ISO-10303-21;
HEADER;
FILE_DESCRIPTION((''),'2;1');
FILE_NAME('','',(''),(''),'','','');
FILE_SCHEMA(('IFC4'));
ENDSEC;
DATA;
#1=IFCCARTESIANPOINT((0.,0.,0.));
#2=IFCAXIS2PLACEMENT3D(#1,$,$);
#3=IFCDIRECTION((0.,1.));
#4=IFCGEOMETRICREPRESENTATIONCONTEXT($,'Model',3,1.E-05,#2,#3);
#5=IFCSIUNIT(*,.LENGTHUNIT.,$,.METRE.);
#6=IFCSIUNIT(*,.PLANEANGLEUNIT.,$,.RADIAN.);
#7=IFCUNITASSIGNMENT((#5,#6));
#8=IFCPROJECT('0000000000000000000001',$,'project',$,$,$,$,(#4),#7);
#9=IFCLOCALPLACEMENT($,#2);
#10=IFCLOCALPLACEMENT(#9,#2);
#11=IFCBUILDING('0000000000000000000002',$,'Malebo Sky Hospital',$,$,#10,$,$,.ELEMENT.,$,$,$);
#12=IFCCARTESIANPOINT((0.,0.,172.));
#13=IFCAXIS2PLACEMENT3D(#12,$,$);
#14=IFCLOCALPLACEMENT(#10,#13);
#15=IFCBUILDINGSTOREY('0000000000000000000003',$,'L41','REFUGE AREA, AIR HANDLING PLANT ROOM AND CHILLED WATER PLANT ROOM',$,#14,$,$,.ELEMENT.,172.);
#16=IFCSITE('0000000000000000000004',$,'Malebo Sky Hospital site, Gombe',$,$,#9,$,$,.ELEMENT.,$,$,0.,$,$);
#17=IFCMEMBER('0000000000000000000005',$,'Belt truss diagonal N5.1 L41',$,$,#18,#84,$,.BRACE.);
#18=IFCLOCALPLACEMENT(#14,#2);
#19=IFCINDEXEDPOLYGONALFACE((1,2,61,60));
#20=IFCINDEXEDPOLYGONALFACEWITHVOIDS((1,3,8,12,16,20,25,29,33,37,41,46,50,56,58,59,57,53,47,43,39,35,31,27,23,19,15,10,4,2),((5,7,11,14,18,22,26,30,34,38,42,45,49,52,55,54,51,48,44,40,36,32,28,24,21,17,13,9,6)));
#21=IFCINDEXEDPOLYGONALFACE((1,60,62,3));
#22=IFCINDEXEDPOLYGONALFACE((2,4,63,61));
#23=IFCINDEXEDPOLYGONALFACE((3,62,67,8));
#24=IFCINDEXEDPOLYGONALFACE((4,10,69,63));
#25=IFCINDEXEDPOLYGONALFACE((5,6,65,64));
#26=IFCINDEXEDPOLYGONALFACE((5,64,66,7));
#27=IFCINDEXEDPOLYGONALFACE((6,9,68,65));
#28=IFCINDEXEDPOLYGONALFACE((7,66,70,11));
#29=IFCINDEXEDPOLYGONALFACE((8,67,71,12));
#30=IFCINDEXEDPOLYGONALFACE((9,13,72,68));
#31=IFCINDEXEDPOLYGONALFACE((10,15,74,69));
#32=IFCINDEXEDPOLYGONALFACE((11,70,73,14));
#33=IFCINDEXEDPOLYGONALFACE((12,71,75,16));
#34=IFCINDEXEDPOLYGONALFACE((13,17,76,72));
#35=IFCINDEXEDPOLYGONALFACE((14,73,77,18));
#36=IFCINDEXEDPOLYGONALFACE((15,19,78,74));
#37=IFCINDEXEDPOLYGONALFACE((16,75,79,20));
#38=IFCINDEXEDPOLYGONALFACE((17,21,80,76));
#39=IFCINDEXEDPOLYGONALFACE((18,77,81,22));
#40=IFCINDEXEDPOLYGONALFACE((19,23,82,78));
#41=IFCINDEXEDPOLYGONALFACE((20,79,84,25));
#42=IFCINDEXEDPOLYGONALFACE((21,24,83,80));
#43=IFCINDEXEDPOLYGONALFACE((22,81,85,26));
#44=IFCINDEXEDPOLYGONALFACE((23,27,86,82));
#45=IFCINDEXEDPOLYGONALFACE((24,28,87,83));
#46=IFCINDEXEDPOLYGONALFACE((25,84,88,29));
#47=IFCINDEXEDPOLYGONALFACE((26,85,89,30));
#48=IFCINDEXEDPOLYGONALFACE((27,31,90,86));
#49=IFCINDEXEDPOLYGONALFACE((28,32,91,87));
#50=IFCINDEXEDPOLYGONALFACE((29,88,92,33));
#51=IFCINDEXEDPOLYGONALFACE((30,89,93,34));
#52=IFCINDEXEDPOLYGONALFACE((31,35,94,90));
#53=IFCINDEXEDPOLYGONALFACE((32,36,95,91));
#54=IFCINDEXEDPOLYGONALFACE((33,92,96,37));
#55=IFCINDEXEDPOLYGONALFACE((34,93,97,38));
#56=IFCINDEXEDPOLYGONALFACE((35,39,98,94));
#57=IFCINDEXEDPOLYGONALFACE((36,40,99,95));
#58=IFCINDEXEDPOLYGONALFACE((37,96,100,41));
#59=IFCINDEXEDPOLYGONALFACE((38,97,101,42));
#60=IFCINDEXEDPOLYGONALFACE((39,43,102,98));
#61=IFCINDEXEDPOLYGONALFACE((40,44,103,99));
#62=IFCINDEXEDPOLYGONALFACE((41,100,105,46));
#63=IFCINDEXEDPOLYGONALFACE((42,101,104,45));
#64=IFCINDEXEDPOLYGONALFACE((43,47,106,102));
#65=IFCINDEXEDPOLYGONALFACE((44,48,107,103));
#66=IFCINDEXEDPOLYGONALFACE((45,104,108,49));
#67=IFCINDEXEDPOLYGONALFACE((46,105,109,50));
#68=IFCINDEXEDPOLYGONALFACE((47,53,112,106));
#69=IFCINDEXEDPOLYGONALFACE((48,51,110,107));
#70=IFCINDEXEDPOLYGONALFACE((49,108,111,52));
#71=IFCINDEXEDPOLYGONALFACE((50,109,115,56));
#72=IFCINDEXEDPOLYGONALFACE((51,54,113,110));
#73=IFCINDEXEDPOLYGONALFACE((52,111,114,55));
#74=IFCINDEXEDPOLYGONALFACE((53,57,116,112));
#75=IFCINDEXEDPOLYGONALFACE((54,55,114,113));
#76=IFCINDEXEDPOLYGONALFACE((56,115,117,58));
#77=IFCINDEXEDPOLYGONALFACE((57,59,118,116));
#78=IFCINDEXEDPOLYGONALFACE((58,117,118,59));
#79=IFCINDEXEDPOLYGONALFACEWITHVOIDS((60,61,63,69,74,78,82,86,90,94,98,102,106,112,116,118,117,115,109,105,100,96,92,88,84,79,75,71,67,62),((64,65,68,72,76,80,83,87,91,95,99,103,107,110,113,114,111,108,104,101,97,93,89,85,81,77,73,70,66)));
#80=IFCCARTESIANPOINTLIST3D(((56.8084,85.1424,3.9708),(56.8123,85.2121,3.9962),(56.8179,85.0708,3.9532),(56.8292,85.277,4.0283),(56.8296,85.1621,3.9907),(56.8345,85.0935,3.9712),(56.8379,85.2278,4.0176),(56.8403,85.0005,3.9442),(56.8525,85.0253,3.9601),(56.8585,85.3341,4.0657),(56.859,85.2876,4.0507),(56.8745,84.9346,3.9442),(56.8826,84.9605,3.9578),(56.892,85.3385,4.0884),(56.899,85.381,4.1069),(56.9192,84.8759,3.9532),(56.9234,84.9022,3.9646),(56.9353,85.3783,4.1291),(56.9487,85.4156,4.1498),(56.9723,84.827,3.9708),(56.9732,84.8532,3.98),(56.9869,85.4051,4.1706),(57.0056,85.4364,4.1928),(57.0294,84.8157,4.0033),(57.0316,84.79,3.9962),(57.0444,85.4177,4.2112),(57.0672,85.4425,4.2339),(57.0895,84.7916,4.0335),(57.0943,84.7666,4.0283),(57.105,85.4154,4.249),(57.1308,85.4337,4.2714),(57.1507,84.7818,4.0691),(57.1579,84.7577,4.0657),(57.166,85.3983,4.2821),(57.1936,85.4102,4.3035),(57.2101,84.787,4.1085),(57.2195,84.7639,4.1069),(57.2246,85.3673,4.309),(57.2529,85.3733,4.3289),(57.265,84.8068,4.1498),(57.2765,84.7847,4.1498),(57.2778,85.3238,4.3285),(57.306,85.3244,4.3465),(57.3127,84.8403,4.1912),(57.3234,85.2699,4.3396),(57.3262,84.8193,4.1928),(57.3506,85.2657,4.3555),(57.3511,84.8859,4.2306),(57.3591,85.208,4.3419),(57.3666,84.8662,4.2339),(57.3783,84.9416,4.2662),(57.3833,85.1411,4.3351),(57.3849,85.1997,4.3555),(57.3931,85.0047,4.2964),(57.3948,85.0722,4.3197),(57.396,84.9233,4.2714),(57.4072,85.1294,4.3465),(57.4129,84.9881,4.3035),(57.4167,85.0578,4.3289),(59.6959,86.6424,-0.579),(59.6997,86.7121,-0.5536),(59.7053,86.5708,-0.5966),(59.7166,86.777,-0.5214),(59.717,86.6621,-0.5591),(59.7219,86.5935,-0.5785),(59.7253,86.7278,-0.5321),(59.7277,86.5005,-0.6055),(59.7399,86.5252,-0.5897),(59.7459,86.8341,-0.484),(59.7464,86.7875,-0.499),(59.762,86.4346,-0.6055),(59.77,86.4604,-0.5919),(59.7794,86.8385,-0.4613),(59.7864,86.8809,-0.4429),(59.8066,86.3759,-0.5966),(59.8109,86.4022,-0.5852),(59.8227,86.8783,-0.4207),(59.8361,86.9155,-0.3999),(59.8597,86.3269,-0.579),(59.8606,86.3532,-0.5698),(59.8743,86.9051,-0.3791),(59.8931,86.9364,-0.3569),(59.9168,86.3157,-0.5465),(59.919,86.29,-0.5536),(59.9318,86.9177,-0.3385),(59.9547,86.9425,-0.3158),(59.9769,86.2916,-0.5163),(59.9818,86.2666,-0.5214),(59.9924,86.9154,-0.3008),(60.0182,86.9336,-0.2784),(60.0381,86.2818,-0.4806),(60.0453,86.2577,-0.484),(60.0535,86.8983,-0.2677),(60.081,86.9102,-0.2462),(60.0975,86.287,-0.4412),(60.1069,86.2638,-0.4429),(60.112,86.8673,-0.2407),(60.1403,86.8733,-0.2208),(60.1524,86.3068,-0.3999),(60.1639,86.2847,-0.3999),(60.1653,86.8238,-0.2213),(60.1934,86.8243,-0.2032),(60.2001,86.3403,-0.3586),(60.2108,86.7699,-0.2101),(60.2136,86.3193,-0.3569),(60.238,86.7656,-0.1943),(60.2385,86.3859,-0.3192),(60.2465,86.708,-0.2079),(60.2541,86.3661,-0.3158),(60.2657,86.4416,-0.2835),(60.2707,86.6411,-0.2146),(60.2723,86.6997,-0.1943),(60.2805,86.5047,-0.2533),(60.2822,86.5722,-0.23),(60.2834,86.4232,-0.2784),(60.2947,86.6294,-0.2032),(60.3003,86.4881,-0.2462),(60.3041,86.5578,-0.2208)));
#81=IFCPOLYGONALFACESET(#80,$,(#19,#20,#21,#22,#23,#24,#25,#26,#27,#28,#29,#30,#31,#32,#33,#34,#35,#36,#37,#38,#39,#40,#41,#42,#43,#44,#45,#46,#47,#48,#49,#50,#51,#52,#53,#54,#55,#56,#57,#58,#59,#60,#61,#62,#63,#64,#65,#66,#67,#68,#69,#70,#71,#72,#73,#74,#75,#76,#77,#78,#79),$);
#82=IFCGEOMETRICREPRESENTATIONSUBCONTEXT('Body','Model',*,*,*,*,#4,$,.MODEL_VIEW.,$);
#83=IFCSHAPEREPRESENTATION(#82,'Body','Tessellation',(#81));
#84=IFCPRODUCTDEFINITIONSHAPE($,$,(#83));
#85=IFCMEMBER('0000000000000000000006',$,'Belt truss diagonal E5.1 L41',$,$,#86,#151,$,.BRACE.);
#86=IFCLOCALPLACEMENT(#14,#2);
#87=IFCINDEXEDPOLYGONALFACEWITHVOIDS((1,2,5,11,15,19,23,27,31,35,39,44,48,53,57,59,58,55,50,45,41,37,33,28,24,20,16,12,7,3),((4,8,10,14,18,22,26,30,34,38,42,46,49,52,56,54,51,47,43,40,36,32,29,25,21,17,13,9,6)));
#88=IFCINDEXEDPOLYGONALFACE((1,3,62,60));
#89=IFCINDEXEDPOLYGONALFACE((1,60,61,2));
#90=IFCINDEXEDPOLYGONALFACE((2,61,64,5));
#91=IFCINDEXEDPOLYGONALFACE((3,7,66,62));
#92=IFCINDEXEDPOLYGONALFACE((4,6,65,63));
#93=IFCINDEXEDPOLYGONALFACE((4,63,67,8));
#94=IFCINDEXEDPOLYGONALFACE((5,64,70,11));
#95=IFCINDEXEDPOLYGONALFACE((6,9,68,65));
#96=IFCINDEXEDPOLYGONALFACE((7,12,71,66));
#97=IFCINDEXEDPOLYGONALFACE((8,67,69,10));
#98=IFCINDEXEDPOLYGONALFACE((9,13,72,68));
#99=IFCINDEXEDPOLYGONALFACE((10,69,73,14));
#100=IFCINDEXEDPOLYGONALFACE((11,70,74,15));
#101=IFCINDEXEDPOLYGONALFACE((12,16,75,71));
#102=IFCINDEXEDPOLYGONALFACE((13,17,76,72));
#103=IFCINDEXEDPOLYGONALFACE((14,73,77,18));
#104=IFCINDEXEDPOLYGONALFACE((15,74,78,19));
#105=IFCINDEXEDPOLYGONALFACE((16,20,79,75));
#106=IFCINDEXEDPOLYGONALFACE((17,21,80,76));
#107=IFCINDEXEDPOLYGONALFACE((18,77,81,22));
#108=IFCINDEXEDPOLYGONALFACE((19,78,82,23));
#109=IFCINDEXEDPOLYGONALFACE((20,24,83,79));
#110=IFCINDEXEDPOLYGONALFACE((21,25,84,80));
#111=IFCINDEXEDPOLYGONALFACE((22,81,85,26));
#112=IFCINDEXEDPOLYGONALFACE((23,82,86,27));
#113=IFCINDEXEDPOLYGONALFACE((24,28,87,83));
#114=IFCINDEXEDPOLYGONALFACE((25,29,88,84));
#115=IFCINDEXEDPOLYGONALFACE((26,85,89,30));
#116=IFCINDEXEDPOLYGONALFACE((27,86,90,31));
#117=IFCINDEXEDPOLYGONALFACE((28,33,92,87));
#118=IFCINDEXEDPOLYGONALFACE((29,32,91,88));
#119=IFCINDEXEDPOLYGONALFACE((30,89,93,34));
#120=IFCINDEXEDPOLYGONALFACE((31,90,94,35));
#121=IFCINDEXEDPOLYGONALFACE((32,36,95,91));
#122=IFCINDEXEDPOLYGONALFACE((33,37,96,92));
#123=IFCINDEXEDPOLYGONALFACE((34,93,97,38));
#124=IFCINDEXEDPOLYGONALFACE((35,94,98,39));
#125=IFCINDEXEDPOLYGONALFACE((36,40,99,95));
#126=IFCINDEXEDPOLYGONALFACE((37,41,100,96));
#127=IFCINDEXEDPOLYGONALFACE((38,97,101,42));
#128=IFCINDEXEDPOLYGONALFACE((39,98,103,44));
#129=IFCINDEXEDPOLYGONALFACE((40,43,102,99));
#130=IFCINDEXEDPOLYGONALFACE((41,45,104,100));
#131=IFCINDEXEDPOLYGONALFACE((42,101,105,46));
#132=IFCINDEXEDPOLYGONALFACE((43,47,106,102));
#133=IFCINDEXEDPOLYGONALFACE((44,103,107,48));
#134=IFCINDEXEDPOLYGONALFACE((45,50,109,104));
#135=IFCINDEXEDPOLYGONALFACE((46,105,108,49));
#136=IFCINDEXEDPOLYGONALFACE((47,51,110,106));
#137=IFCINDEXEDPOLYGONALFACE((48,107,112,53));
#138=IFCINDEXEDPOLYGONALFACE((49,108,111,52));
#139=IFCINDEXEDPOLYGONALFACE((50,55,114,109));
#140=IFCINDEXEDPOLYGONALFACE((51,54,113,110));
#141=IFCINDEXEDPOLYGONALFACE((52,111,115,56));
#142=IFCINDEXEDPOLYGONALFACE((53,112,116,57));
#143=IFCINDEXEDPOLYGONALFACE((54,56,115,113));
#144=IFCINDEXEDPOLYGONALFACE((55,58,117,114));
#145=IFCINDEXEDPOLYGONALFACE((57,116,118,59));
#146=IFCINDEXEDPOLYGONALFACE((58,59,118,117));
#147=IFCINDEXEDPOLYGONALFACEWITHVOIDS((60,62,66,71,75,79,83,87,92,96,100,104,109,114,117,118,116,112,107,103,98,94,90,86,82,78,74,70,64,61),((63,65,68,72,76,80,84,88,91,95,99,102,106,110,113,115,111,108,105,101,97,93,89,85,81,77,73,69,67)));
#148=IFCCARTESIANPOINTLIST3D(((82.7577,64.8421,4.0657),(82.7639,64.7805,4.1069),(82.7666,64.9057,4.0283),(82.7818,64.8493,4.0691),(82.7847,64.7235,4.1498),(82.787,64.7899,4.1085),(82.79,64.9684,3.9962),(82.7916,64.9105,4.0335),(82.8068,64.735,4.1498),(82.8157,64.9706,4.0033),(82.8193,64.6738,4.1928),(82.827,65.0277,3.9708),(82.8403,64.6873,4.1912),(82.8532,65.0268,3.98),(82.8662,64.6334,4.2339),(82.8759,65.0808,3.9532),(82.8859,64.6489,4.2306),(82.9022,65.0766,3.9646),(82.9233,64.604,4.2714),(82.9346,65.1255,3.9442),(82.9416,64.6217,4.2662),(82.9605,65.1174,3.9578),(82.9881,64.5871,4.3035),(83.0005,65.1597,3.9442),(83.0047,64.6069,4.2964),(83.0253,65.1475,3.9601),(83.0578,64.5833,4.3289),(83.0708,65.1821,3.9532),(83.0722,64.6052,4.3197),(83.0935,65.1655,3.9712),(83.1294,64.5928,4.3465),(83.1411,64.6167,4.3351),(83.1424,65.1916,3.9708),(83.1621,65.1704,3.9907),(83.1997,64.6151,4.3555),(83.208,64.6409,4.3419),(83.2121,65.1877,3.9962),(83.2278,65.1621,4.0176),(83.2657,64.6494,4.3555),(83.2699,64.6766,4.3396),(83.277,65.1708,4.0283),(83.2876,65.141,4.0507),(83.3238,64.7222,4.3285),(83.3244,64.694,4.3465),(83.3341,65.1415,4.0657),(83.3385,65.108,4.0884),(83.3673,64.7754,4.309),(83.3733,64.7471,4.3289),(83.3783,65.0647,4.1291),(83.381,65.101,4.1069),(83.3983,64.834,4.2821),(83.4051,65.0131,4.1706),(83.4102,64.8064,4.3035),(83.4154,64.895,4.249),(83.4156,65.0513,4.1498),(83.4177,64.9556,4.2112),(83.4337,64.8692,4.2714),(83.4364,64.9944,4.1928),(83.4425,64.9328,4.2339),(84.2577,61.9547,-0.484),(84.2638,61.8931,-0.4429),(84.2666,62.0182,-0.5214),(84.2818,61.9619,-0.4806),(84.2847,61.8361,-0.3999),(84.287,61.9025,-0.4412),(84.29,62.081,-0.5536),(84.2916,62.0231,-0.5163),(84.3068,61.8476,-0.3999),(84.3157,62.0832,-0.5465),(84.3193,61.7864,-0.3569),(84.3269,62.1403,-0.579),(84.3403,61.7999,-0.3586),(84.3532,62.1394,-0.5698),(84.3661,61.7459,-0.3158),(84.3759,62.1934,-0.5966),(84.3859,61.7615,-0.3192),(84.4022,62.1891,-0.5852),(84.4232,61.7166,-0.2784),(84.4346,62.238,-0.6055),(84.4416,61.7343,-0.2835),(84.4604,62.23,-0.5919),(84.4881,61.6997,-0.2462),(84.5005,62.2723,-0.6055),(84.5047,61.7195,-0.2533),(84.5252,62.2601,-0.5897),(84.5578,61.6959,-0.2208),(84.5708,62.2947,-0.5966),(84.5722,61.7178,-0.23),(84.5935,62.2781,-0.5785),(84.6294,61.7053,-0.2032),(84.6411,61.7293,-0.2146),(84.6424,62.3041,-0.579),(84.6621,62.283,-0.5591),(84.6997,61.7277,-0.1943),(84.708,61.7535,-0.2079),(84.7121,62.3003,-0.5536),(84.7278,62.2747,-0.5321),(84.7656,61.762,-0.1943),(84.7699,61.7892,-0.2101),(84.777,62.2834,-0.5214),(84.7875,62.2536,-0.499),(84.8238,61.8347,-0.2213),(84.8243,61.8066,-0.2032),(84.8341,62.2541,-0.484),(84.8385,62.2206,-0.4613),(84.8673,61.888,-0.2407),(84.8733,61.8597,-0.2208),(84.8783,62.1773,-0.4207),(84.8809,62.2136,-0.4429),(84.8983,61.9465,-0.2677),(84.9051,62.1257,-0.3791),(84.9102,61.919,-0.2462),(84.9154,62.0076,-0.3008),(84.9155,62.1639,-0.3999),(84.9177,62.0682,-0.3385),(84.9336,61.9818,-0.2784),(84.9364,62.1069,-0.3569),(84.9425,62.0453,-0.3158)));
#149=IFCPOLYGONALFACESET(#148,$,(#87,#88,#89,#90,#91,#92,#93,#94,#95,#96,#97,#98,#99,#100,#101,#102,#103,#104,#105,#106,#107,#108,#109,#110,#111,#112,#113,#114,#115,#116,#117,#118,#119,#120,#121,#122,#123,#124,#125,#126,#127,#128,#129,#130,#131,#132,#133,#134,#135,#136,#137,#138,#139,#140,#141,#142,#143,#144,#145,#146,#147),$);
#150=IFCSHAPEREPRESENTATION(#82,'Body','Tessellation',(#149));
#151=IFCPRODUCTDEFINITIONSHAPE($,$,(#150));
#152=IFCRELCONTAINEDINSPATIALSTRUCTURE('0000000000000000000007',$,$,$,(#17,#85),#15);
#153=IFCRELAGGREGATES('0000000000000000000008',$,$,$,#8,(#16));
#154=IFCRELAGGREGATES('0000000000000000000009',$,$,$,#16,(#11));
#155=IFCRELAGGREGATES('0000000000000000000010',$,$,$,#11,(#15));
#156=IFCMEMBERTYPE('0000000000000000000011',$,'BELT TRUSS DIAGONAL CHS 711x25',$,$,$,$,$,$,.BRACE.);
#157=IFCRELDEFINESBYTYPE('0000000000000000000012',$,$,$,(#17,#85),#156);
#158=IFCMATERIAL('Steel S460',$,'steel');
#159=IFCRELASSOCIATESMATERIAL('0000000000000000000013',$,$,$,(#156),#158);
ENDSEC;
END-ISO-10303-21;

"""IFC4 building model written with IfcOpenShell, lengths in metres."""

from ifc_helpers import new_model, si_unit, direction, frame, origin, origin_2d, place, context, subcontext, project, spatial, hollow_circle, extrude, material, material_profile, profile_set, type_object, element, save


model = new_model("IFC4")

# Units and contexts
model_context = context("Model", 3, precision=1e-05, world=origin(), true_north=direction((0.0, 1.0)))
body_context = subcontext(model_context, "Body", "Model", "MODEL_VIEW")
ifc_project = project(units=[si_unit("LENGTHUNIT", "METRE"), si_unit("PLANEANGLEUNIT", "RADIAN")], contexts=[model_context])

# Site, building, storey
site_placement = place(None, origin())
site = spatial("IfcSite", under=ifc_project, at=site_placement, Name="Malebo Sky Hospital site, Gombe", CompositionType="ELEMENT", RefElevation=0.0)
building_placement = place(site_placement, origin())
building = spatial("IfcBuilding", under=site, at=building_placement, Name="Malebo Sky Hospital", CompositionType="ELEMENT")
storey_placement = place(building_placement, frame((0.0, 0.0, 172.0)))
storey = spatial("IfcBuildingStorey", under=building, at=storey_placement, Name="L41", Description="REFUGE AREA, AIR HANDLING PLANT ROOM AND CHILLED WATER PLANT ROOM", CompositionType="ELEMENT", Elevation=172.0)

# Shared definitions
ifc_material_1 = material(Name="Steel S460", Category="steel")

# Members
ifc_material_profile_1 = material_profile(ifc_material_1, hollow_circle(Radius=0.3555, WallThickness=0.0249, at=origin_2d()), Name="CHS 711x25")
ifc_profile_set_1 = profile_set([ifc_material_profile_1], Name="Steel S460")
member_type_1 = type_object("IfcMemberType", Name="BELT TRUSS DIAGONAL CHS 711x25", PredefinedType="BRACE", material=ifc_profile_set_1)
for number, where, z_axis, x_axis, name in (
    (1, (60.0, 86.6001, -0.3999), (-0.516208, -0.268165, 0.813398), (0.460996, -0.887402, 0.0), "Belt truss diagonal N5.1 L41"),
    (2, (84.6001, 62.0, -0.3999), (-0.268165, 0.516208, 0.813398), (-0.887402, -0.460996, 0.0), "Belt truss diagonal E5.1 L41"),
):
    element("IfcMember", number, at=place(storey_placement, frame(where, z_axis=z_axis, x_axis=x_axis)), inside=storey, type_object=member_type_1, Name=name, PredefinedType="BRACE", context=body_context, shape_type="SweptSolid", body=[
        extrude(hollow_circle(Radius=0.3555, WallThickness=0.0249, at=origin_2d()), origin(), (0.0, 0.0, 1.0), 5.5935),
    ])

save(model, "model.ifc")
